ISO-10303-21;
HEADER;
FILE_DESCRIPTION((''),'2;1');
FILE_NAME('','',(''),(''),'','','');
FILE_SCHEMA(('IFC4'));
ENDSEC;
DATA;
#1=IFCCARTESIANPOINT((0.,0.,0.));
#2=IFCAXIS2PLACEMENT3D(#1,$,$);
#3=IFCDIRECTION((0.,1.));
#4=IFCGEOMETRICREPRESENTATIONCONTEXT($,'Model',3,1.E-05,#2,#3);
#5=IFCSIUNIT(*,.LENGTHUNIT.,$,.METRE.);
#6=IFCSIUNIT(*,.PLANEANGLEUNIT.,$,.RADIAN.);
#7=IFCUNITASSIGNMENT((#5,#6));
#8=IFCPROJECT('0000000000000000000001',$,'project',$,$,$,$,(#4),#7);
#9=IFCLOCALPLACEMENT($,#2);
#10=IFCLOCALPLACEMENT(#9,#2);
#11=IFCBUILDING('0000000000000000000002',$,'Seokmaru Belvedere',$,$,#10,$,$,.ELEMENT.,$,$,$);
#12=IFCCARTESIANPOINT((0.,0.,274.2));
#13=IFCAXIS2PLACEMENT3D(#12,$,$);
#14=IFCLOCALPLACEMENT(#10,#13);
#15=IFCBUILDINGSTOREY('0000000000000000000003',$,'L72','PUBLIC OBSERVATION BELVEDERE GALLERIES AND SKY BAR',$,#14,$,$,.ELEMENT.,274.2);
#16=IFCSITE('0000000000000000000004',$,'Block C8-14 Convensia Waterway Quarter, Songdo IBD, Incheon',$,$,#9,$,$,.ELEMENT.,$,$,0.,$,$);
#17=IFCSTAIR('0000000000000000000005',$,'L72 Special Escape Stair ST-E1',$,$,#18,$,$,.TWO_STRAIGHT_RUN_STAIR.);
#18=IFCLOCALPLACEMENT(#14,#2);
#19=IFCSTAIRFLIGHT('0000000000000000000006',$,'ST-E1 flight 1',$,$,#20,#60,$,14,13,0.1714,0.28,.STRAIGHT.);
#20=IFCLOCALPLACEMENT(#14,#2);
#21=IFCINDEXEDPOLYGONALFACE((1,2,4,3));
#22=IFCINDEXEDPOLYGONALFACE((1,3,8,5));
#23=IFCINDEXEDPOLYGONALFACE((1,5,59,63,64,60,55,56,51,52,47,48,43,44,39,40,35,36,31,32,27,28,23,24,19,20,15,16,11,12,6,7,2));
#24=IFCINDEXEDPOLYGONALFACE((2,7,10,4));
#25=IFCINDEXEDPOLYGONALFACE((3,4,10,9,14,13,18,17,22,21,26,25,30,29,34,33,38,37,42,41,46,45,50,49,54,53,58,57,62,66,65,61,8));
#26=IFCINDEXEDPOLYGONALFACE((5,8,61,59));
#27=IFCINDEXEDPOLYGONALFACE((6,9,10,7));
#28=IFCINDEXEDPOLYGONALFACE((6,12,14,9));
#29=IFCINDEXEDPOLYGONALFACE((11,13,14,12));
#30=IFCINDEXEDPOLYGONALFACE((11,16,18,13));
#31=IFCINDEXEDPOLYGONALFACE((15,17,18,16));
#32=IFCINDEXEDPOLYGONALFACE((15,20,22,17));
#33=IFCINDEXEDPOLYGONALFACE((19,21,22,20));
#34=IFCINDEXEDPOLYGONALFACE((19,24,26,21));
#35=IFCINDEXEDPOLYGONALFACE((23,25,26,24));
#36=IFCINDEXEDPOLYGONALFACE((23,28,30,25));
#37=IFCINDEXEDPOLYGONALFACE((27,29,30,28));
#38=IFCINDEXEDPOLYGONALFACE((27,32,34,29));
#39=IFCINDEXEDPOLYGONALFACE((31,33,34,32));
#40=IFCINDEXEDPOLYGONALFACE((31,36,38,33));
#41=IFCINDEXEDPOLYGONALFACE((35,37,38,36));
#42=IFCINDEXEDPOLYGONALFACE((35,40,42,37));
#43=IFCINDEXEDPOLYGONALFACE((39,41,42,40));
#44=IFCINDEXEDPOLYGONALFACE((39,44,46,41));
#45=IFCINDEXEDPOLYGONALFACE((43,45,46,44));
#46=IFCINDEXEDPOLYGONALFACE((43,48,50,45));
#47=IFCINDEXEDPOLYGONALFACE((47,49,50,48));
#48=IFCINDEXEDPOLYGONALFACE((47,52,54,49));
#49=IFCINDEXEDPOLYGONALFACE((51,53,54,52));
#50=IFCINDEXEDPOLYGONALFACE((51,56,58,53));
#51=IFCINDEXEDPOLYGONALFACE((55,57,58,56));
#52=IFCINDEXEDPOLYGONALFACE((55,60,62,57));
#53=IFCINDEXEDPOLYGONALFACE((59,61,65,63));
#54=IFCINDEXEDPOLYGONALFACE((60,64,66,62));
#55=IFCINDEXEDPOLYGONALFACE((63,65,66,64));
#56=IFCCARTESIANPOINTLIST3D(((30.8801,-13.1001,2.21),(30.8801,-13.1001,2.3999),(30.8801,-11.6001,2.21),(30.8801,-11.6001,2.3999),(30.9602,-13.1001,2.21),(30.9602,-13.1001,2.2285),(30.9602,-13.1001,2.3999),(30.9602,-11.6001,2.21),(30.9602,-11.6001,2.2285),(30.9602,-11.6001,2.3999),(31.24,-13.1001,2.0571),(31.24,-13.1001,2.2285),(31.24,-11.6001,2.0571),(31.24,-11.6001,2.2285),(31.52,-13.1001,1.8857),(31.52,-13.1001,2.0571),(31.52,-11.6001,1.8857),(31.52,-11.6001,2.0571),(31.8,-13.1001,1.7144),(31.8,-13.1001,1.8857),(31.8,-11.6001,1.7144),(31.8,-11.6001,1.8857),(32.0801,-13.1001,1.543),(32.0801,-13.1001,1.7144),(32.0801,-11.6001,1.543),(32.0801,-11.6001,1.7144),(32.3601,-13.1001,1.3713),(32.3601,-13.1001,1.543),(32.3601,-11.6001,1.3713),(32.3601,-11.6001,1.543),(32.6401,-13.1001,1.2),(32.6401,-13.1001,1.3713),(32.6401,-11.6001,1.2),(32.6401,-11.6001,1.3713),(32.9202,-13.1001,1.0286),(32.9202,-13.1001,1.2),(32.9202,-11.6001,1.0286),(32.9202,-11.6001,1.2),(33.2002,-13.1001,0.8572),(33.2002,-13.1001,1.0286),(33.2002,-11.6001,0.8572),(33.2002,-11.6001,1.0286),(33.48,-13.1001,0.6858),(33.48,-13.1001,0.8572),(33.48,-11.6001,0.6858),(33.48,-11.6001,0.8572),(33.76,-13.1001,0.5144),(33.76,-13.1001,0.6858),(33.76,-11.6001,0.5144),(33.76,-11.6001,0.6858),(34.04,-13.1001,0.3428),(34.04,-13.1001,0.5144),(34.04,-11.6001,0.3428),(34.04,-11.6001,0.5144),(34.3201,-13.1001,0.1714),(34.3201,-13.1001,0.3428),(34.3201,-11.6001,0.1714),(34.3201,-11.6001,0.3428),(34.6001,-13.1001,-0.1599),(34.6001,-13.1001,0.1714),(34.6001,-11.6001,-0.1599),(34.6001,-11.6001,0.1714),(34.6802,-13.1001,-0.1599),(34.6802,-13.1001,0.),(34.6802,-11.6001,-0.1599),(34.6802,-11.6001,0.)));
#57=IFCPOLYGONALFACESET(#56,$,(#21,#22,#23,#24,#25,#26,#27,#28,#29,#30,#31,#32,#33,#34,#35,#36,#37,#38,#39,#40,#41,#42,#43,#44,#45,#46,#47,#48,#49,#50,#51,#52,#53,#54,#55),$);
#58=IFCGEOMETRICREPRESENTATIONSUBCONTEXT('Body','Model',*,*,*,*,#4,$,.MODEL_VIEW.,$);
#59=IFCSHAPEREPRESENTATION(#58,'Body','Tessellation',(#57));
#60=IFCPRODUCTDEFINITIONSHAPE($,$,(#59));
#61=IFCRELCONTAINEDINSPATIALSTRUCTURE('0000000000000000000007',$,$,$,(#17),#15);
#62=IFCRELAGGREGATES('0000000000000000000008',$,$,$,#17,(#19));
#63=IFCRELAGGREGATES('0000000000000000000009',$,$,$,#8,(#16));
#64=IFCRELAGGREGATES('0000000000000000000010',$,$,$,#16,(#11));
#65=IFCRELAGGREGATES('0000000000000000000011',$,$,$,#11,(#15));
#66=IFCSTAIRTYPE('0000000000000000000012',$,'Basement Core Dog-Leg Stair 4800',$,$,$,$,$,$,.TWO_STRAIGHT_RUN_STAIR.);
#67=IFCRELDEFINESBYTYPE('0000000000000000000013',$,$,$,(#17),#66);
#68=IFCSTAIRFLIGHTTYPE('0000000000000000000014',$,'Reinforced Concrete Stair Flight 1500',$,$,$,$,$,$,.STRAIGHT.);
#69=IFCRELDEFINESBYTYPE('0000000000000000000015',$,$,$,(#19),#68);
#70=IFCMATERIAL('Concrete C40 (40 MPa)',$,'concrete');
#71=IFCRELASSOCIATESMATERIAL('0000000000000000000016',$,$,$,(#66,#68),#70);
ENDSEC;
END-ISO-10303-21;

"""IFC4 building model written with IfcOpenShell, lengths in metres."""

from ifc_helpers import new_model, si_unit, direction, frame, origin, place, context, subcontext, project, spatial, polyline, outline, extrude, material, type_object, element, aggregate, save


model = new_model("IFC4")

# Units and contexts
model_context = context("Model", 3, precision=1e-05, world=origin(), true_north=direction((0.0, 1.0)))
body_context = subcontext(model_context, "Body", "Model", "MODEL_VIEW")
ifc_project = project(units=[si_unit("LENGTHUNIT", "METRE"), si_unit("PLANEANGLEUNIT", "RADIAN")], contexts=[model_context])

# Site, building, storey
site_placement = place(None, origin())
site = spatial("IfcSite", under=ifc_project, at=site_placement, Name="Block C8-14 Convensia Waterway Quarter, Songdo IBD, Incheon", CompositionType="ELEMENT", RefElevation=0.0)
building_placement = place(site_placement, origin())
building = spatial("IfcBuilding", under=site, at=building_placement, Name="Seokmaru Belvedere", CompositionType="ELEMENT")
storey_placement = place(building_placement, frame((0.0, 0.0, 274.2)))
storey = spatial("IfcBuildingStorey", under=building, at=storey_placement, Name="L72", Description="PUBLIC OBSERVATION BELVEDERE GALLERIES AND SKY BAR", CompositionType="ELEMENT", Elevation=274.2)

# Stair, stair flight
ifc_material_1 = material(Name="Concrete C40 (40 MPa)", Category="concrete")
stair_type = type_object("IfcStairType", Name="Basement Core Dog-Leg Stair 4800", PredefinedType="TWO_STRAIGHT_RUN_STAIR", material=ifc_material_1)
stair_placement = place(storey_placement, origin())
stair = element("IfcStair", 1, at=stair_placement, inside=storey, type_object=stair_type, Name="L72 Special Escape Stair ST-E1", PredefinedType="TWO_STRAIGHT_RUN_STAIR")
stair_flight_type = type_object("IfcStairFlightType", Name="Reinforced Concrete Stair Flight 1500", PredefinedType="STRAIGHT", material=ifc_material_1)
stair_flight_placement = place(storey_placement, frame((34.6001, -12.3501, 0.0), z_axis=(0.0, 0.0, 1.0), x_axis=(-1.0, 0.0, 0.0)))
stair_flight = element("IfcStairFlight", 2, at=stair_flight_placement, type_object=stair_flight_type, Name="ST-E1 flight 1", NumberOfRisers=14, NumberOfTreads=13, PredefinedType="STRAIGHT", RiserHeight=0.1714, TreadLength=0.28, context=body_context, shape_type="SweptSolid", body=[
    extrude(outline(polyline([(-0.0801, 0.0), (0.0, 0.1714), (0.28, 0.1714), (0.28, 0.3428), (0.5601, 0.3428), (0.5601, 0.5144), (0.8401, 0.5144), (0.8401, 0.6858), (1.1201, 0.6858), (1.1201, 0.8572), (1.3999, 0.8572), (1.3999, 1.0286), (1.6799, 1.0286), (1.6799, 1.2), (1.96, 1.2), (1.96, 1.3713), (2.24, 1.3713), (2.24, 1.543), (2.52, 1.543), (2.52, 1.7144), (2.8, 1.7144), (2.8, 1.8857), (3.0801, 1.8857), (3.0801, 2.0571), (3.3601, 2.0571), (3.3601, 2.2285), (3.6399, 2.2285), (3.6399, 2.3999), (3.72, 2.3999), (3.72, 2.21), (3.6399, 2.21), (0.0, -0.1599), (-0.0801, -0.1599), (-0.0801, 0.0)])), frame((0.0, 0.75, 0.0), z_axis=(0.0, -1.0, 0.0), x_axis=(1.0, 0.0, 0.0)), (0.0, 0.0, 1.0), 1.5),
])
aggregate(stair, [stair_flight])

save(model, "model.ifc")
